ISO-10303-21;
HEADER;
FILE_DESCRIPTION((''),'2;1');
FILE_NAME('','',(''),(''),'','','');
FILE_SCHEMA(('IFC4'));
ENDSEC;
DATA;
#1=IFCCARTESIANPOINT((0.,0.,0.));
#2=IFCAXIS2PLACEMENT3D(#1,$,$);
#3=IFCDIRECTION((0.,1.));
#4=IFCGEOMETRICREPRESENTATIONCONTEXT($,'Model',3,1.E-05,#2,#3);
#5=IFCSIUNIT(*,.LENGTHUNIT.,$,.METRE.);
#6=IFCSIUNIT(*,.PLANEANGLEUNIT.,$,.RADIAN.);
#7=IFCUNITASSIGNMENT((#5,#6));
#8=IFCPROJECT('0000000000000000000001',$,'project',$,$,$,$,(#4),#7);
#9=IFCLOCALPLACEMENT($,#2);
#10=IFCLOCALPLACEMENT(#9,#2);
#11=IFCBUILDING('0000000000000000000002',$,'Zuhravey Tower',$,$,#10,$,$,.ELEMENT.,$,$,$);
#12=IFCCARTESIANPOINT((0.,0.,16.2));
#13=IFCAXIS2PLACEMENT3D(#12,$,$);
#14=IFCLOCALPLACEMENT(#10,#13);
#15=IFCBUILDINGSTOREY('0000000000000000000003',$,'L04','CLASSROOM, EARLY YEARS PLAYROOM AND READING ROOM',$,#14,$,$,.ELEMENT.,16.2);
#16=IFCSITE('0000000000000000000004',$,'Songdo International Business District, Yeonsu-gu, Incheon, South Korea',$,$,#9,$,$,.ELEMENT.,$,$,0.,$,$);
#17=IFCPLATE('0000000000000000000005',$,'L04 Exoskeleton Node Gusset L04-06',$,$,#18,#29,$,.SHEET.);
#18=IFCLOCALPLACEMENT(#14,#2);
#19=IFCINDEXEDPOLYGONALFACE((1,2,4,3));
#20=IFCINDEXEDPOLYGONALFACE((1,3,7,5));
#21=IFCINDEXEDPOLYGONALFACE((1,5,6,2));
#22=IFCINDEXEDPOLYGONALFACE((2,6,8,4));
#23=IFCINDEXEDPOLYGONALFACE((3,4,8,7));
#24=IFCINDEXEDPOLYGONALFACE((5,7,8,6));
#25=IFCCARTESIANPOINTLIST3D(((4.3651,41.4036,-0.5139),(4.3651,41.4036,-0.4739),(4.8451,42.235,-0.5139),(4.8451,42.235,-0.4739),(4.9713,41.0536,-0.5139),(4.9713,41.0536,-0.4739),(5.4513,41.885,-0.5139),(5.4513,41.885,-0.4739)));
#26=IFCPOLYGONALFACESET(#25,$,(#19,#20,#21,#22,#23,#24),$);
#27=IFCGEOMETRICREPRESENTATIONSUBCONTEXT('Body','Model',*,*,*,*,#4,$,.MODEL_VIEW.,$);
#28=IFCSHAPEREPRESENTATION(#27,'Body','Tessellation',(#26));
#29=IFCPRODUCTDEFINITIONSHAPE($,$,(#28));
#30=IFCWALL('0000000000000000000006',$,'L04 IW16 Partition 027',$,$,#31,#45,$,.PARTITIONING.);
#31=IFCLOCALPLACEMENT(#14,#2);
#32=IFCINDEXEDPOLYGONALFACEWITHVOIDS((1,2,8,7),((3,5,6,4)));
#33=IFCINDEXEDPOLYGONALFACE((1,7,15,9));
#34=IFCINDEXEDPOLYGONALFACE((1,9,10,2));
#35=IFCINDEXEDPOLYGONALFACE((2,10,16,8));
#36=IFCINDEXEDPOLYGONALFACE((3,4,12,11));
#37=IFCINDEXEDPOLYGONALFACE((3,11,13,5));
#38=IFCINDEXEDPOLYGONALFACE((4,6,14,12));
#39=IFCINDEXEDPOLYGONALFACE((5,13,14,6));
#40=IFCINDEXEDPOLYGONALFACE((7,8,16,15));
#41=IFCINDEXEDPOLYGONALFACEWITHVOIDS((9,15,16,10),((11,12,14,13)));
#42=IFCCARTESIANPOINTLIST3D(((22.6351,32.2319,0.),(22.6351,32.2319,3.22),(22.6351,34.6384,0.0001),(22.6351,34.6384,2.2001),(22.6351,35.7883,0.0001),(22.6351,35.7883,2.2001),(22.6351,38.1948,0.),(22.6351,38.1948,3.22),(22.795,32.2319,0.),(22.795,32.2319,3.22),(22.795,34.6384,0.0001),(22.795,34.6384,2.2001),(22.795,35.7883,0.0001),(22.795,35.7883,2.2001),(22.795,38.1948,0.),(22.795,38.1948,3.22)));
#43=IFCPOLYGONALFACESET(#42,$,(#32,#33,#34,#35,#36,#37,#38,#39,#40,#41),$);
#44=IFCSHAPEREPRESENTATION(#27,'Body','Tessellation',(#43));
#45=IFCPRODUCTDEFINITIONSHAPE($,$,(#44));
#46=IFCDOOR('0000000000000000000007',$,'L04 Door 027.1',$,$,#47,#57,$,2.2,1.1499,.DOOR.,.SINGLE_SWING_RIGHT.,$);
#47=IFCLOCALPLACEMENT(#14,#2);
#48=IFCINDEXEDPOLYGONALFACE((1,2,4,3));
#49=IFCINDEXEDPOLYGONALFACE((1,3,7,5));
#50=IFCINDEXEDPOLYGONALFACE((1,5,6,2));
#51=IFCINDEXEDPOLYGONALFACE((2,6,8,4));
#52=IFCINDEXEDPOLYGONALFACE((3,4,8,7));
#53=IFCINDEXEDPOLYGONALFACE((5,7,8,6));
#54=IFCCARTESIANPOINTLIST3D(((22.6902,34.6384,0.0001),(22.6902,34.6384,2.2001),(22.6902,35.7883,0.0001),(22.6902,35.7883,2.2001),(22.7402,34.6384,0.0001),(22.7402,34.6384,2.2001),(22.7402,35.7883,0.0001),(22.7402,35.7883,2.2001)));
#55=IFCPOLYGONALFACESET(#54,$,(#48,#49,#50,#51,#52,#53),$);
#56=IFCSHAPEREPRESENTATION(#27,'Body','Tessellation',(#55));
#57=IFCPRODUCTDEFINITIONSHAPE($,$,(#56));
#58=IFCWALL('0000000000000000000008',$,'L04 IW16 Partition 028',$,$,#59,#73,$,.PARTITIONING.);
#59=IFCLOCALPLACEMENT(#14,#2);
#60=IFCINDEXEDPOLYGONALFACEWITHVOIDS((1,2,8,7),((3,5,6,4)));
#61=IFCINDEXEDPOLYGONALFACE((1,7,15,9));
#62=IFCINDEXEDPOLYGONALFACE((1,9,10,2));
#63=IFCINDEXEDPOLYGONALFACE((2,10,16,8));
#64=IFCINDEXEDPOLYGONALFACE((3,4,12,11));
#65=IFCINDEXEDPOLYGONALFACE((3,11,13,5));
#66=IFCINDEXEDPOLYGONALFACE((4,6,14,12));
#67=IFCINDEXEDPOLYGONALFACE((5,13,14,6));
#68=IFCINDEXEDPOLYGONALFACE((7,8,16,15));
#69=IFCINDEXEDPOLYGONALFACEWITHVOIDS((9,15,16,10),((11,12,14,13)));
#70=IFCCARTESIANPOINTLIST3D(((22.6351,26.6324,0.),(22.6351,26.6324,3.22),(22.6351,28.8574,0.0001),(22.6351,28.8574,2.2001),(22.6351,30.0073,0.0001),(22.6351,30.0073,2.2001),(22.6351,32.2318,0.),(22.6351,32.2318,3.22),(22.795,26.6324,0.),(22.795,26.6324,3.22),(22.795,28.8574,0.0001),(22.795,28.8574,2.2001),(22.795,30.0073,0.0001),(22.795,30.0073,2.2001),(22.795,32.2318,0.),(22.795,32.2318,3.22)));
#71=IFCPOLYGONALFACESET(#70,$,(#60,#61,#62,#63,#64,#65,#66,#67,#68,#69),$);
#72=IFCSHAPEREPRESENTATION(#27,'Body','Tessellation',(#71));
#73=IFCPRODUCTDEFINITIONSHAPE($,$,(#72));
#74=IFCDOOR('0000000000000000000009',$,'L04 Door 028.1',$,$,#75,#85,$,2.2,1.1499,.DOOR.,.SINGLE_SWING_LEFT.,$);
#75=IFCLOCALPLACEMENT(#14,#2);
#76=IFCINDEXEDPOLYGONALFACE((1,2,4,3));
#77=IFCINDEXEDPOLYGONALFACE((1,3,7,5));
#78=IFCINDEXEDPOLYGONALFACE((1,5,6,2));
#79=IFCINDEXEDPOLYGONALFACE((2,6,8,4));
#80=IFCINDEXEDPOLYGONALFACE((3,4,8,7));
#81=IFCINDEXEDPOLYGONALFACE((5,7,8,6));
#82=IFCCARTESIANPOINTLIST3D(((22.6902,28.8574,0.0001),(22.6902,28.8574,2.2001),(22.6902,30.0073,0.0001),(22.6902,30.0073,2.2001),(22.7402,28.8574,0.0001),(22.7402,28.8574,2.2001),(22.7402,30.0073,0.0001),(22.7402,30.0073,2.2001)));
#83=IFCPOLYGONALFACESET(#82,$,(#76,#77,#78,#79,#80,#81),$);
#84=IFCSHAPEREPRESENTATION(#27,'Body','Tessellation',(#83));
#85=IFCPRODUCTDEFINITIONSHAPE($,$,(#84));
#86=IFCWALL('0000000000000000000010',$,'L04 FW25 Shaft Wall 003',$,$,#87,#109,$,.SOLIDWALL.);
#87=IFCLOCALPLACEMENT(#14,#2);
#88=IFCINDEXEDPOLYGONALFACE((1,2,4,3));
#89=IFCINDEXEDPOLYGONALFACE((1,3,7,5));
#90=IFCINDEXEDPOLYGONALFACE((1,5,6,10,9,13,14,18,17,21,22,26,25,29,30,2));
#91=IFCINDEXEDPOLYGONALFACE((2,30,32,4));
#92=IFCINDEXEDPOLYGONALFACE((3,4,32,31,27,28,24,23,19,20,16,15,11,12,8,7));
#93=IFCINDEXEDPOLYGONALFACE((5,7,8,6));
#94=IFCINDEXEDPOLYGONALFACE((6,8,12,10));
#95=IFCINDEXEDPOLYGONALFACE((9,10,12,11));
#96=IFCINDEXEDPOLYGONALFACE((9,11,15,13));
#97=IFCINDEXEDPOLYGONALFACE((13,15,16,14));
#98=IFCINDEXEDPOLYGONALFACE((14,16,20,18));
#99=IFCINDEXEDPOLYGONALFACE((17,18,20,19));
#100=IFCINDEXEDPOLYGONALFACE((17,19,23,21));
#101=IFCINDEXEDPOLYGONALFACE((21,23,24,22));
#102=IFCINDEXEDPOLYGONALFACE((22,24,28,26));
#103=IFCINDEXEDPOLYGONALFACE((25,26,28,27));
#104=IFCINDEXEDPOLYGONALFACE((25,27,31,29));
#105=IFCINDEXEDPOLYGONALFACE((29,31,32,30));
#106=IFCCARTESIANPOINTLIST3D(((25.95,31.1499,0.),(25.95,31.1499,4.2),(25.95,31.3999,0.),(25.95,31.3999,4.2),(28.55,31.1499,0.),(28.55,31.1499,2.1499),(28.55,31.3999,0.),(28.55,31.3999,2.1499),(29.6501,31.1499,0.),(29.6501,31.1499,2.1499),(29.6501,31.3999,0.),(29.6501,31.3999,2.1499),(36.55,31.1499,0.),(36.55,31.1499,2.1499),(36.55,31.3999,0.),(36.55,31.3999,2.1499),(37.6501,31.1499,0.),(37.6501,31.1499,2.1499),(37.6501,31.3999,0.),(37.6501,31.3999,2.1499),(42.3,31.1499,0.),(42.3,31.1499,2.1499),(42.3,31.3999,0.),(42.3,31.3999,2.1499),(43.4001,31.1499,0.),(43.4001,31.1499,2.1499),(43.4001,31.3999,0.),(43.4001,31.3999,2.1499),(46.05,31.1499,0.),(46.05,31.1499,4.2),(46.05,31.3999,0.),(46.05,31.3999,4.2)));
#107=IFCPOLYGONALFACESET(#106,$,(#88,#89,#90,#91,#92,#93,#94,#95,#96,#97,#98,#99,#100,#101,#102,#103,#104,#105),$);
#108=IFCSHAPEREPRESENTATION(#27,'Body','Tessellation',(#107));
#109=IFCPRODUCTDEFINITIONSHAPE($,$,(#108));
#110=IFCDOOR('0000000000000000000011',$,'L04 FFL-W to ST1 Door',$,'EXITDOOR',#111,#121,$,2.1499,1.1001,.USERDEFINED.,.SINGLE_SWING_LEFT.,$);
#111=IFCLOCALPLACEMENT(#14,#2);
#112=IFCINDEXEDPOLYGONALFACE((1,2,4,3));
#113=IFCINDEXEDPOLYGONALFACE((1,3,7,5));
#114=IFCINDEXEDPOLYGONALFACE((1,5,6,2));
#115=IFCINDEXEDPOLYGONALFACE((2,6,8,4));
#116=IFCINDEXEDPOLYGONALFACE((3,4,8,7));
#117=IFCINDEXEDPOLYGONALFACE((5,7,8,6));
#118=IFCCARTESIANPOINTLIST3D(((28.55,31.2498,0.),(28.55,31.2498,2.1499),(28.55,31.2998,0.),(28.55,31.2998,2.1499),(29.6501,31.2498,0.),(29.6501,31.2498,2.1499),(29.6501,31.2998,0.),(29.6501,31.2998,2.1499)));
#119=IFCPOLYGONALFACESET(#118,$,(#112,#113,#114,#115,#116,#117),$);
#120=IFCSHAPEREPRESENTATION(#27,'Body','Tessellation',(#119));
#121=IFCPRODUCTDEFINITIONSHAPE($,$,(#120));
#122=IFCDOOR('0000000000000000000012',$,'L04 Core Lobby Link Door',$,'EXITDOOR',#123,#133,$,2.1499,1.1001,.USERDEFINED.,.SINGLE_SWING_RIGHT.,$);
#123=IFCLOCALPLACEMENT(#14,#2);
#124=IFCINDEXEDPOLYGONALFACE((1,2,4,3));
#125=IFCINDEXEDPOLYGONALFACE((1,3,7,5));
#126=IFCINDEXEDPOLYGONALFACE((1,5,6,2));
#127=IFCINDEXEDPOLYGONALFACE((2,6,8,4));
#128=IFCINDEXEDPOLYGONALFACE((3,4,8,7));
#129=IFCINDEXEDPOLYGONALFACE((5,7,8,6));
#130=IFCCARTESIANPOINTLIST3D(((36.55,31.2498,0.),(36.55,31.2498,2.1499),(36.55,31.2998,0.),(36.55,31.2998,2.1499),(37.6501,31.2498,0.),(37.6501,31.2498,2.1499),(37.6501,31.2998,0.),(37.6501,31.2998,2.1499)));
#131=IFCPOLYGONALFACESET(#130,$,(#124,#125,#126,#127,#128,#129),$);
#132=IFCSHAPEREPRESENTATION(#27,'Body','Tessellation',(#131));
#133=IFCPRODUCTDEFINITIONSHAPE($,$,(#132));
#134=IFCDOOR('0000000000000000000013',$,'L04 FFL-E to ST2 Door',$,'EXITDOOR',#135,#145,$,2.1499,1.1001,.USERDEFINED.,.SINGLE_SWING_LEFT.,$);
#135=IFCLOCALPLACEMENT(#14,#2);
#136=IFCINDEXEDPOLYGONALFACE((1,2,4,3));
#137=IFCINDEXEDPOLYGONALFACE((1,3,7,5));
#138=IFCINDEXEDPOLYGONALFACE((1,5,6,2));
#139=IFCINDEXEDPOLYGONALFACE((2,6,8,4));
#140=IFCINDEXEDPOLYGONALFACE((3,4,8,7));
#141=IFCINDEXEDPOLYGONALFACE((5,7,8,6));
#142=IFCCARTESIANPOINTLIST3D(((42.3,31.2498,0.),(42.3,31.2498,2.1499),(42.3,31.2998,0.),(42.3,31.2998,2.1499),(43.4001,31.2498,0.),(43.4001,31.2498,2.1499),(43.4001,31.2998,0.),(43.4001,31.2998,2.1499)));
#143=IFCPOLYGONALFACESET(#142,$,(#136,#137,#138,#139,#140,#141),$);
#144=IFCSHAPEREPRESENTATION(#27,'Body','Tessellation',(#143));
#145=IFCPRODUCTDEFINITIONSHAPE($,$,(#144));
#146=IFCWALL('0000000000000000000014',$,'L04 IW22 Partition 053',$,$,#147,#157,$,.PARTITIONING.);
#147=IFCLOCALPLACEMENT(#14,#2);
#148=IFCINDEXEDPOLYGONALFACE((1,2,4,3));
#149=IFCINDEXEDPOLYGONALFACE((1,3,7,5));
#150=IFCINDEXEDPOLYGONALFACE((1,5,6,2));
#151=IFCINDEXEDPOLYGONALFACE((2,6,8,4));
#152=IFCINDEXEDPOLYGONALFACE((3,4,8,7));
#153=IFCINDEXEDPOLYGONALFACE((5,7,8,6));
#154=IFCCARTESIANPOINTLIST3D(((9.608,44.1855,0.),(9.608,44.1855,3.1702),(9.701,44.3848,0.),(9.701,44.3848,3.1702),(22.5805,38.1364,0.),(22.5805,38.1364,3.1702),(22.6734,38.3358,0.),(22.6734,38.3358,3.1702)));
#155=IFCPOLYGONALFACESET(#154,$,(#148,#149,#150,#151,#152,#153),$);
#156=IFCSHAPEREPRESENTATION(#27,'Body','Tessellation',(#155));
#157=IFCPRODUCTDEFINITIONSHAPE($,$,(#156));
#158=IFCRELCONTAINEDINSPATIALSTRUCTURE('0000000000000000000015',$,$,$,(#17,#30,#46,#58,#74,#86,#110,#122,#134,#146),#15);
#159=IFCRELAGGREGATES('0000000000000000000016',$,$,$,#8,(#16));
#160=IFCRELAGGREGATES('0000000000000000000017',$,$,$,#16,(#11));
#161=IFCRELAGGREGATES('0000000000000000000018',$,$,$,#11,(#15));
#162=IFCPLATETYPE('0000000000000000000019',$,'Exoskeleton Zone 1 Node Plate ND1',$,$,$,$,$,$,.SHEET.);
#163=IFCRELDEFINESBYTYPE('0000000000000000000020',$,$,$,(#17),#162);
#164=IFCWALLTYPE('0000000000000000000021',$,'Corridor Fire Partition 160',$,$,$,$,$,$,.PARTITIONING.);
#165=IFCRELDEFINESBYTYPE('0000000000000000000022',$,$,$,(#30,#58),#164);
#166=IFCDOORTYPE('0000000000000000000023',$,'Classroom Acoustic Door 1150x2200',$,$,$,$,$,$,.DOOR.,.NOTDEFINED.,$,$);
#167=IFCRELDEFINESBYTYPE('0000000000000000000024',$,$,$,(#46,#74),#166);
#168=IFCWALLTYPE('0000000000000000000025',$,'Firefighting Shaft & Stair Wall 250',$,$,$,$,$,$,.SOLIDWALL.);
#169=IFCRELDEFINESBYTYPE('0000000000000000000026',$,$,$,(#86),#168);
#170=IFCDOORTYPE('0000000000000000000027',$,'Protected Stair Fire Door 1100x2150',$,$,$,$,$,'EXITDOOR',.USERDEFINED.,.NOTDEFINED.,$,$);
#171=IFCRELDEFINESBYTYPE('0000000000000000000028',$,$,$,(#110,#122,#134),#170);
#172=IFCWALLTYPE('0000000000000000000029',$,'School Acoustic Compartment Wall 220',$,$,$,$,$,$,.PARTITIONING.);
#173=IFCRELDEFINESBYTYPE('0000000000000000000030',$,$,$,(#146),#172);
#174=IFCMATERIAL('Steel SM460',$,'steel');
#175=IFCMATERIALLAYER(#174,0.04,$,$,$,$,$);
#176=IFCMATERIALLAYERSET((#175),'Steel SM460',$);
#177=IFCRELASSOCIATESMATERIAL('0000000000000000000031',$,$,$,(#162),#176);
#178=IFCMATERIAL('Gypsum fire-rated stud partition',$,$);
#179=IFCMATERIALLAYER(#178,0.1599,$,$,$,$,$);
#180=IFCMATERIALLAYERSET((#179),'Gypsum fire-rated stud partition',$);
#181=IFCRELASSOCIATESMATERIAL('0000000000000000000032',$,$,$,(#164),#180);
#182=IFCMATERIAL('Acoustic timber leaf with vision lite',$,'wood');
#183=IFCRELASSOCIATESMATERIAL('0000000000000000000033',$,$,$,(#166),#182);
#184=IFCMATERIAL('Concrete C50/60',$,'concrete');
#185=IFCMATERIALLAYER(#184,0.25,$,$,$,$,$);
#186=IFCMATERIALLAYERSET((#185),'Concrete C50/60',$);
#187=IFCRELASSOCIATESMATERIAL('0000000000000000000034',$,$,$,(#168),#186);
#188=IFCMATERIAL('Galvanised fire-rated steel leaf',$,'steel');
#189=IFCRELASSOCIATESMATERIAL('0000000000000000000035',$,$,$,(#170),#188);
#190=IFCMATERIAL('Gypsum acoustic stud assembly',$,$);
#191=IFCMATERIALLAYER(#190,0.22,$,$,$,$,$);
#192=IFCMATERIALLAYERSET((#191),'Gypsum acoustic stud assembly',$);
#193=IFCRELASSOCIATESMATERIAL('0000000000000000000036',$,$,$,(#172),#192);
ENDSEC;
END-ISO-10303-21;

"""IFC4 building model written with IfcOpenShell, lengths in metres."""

from ifc_helpers import new_model, si_unit, direction, frame, frame_2d, origin, origin_2d, place, context, subcontext, project, spatial, rectangle, extrude, material, layer, layer_set, type_object, element, fill, save


model = new_model("IFC4")

# Units and contexts
model_context = context("Model", 3, precision=1e-05, world=origin(), true_north=direction((0.0, 1.0)))
body_context = subcontext(model_context, "Body", "Model", "MODEL_VIEW")
ifc_project = project(units=[si_unit("LENGTHUNIT", "METRE"), si_unit("PLANEANGLEUNIT", "RADIAN")], contexts=[model_context])

# Site, building, storey
site_placement = place(None, origin())
site = spatial("IfcSite", under=ifc_project, at=site_placement, Name="Songdo International Business District, Yeonsu-gu, Incheon, South Korea", CompositionType="ELEMENT", RefElevation=0.0)
building_placement = place(site_placement, origin())
building = spatial("IfcBuilding", under=site, at=building_placement, Name="Zuhravey Tower", CompositionType="ELEMENT")
storey_placement = place(building_placement, frame((0.0, 0.0, 16.2)))
storey = spatial("IfcBuildingStorey", under=building, at=storey_placement, Name="L04", Description="CLASSROOM, EARLY YEARS PLAYROOM AND READING ROOM", CompositionType="ELEMENT", Elevation=16.2)

# Shared definitions
ifc_material_1 = material(Name="Steel SM460", Category="steel")

# Plate
ifc_layer_1 = layer(ifc_material_1, 0.04)
ifc_layer_set_1 = layer_set([ifc_layer_1], Name="Steel SM460")
plate_type_1 = type_object("IfcPlateType", Name="Exoskeleton Zone 1 Node Plate ND1", PredefinedType="SHEET", material=ifc_layer_set_1)
plate_1_placement = place(storey_placement, frame((4.9082, 41.6443, -0.5139), z_axis=(0.0, 0.0, 1.0), x_axis=(-0.5, -0.866025, 0.0)))
element("IfcPlate", 1, at=plate_1_placement, inside=storey, type_object=plate_type_1, Name="L04 Exoskeleton Node Gusset L04-06", PredefinedType="SHEET", context=body_context, shape_type="SweptSolid", body=[
    extrude(rectangle(XDim=0.96, YDim=0.7, at=origin_2d()), origin(), (0.0, 0.0, 1.0), 0.04),
])

# Walls, openings, doors
ifc_material_2 = material(Name="Gypsum fire-rated stud partition")
ifc_layer_2 = layer(ifc_material_2, 0.1599)
ifc_layer_set_2 = layer_set([ifc_layer_2], Name="Gypsum fire-rated stud partition")
wall_type_1 = type_object("IfcWallType", Name="Corridor Fire Partition 160", PredefinedType="PARTITIONING", material=ifc_layer_set_2)
wall_1_placement = place(storey_placement, frame((22.7151, 38.1948, 0.0), z_axis=(0.0, 0.0, 1.0), x_axis=(0.0, -1.0, 0.0)))
wall_1 = element("IfcWall", 2, at=wall_1_placement, inside=storey, type_object=wall_type_1, Name="L04 IW16 Partition 027", PredefinedType="PARTITIONING", context=body_context, shape_type="SweptSolid", body=[
    extrude(rectangle(XDim=5.9629, YDim=0.1599, at=frame_2d((2.9814, 0.0))), origin(), (0.0, 0.0, 1.0), 3.22),
])
opening_1_placement = place(wall_1_placement, frame((2.4065, 0.0, 0.0)))
opening_1 = element("IfcOpeningElement", 3, at=opening_1_placement, cuts=wall_1, PredefinedType="OPENING", context=body_context, shape_type="SweptSolid", body=[
    extrude(rectangle(XDim=1.1499, YDim=2.2, at=frame_2d((0.575, 1.1001))), frame((0.0, 0.092, 0.0), z_axis=(0.0, -1.0, 0.0), x_axis=(1.0, 0.0, 0.0)), (0.0, 0.0, 1.0), 0.1838),
])
ifc_material_3 = material(Name="Acoustic timber leaf with vision lite", Category="wood")
door_type_1 = type_object("IfcDoorType", Name="Classroom Acoustic Door 1150x2200", OperationType="NOTDEFINED", PredefinedType="DOOR", material=ifc_material_3)
door_1_placement = place(opening_1_placement, frame((1.1499, 0.0, 0.0), z_axis=(0.0, 0.0, 1.0), x_axis=(-1.0, 0.0, 0.0)))
door_1 = element("IfcDoor", 4, at=door_1_placement, inside=storey, type_object=door_type_1, Name="L04 Door 027.1", OperationType="SINGLE_SWING_RIGHT", OverallHeight=2.2, OverallWidth=1.1499, PredefinedType="DOOR", context=body_context, shape_type="SweptSolid", body=[
    extrude(rectangle(XDim=1.1499, YDim=2.2, at=frame_2d((0.575, 1.1001))), frame((0.0, 0.0249, 0.0), z_axis=(0.0, -1.0, 0.0), x_axis=(1.0, 0.0, 0.0)), (0.0, 0.0, 1.0), 0.05),
])
fill(opening_1, door_1)
wall_2_placement = place(storey_placement, frame((22.7151, 32.2319, 0.0), z_axis=(0.0, 0.0, 1.0), x_axis=(0.0, -1.0, 0.0)))
wall_2 = element("IfcWall", 5, at=wall_2_placement, inside=storey, type_object=wall_type_1, Name="L04 IW16 Partition 028", PredefinedType="PARTITIONING", context=body_context, shape_type="SweptSolid", body=[
    extrude(rectangle(XDim=5.5994, YDim=0.1599, at=frame_2d((2.7998, 0.0))), origin(), (0.0, 0.0, 1.0), 3.22),
])
opening_2_placement = place(wall_2_placement, frame((2.2246, 0.0, 0.0)))
opening_2 = element("IfcOpeningElement", 6, at=opening_2_placement, cuts=wall_2, PredefinedType="OPENING", context=body_context, shape_type="SweptSolid", body=[
    extrude(rectangle(XDim=1.1499, YDim=2.2, at=frame_2d((0.575, 1.1001))), frame((0.0, 0.092, 0.0), z_axis=(0.0, -1.0, 0.0), x_axis=(1.0, 0.0, 0.0)), (0.0, 0.0, 1.0), 0.1838),
])
door_2_placement = place(opening_2_placement, frame((1.1499, 0.0, 0.0), z_axis=(0.0, 0.0, 1.0), x_axis=(-1.0, 0.0, 0.0)))
door_2 = element("IfcDoor", 7, at=door_2_placement, inside=storey, type_object=door_type_1, Name="L04 Door 028.1", OperationType="SINGLE_SWING_LEFT", OverallHeight=2.2, OverallWidth=1.1499, PredefinedType="DOOR", context=body_context, shape_type="SweptSolid", body=[
    extrude(rectangle(XDim=1.1499, YDim=2.2, at=frame_2d((0.575, 1.1001))), frame((0.0, 0.0249, 0.0), z_axis=(0.0, -1.0, 0.0), x_axis=(1.0, 0.0, 0.0)), (0.0, 0.0, 1.0), 0.05),
])
fill(opening_2, door_2)

# Wall, openings, doors
ifc_material_4 = material(Name="Concrete C50/60", Category="concrete")
ifc_layer_3 = layer(ifc_material_4, 0.25)
ifc_layer_set_3 = layer_set([ifc_layer_3], Name="Concrete C50/60")
wall_type_2 = type_object("IfcWallType", Name="Firefighting Shaft & Stair Wall 250", PredefinedType="SOLIDWALL", material=ifc_layer_set_3)
wall_3_placement = place(storey_placement, frame((25.95, 31.2749, 0.0), z_axis=(0.0, 0.0, 1.0), x_axis=(1.0, 0.0, 0.0)))
wall_3 = element("IfcWall", 8, at=wall_3_placement, inside=storey, type_object=wall_type_2, Name="L04 FW25 Shaft Wall 003", PredefinedType="SOLIDWALL", context=body_context, shape_type="SweptSolid", body=[
    extrude(rectangle(XDim=20.1001, YDim=0.25, at=frame_2d((10.05, 0.0))), origin(), (0.0, 0.0, 1.0), 4.2),
])
opening_3_placement = place(wall_3_placement, frame((2.6001, 0.0, 0.0)))
opening_3 = element("IfcOpeningElement", 9, at=opening_3_placement, cuts=wall_3, PredefinedType="OPENING", context=body_context, shape_type="SweptSolid", body=[
    extrude(rectangle(XDim=1.1001, YDim=2.1499, at=frame_2d((0.55, 1.075))), frame((0.0, 0.137, 0.0), z_axis=(0.0, -1.0, 0.0), x_axis=(1.0, 0.0, 0.0)), (0.0, 0.0, 1.0), 0.2739),
])
opening_4_placement = place(wall_3_placement, frame((10.6001, 0.0, 0.0)))
opening_4 = element("IfcOpeningElement", 10, at=opening_4_placement, cuts=wall_3, PredefinedType="OPENING", context=body_context, shape_type="SweptSolid", body=[
    extrude(rectangle(XDim=1.1001, YDim=2.1499, at=frame_2d((0.55, 1.075))), frame((0.0, 0.137, 0.0), z_axis=(0.0, -1.0, 0.0), x_axis=(1.0, 0.0, 0.0)), (0.0, 0.0, 1.0), 0.2739),
])
opening_5_placement = place(wall_3_placement, frame((16.3501, 0.0, 0.0)))
opening_5 = element("IfcOpeningElement", 11, at=opening_5_placement, cuts=wall_3, PredefinedType="OPENING", context=body_context, shape_type="SweptSolid", body=[
    extrude(rectangle(XDim=1.1001, YDim=2.1499, at=frame_2d((0.55, 1.075))), frame((0.0, 0.137, 0.0), z_axis=(0.0, -1.0, 0.0), x_axis=(1.0, 0.0, 0.0)), (0.0, 0.0, 1.0), 0.2739),
])
ifc_material_5 = material(Name="Galvanised fire-rated steel leaf", Category="steel")
door_type_2 = type_object("IfcDoorType", Name="Protected Stair Fire Door 1100x2150", ElementType="EXITDOOR", OperationType="NOTDEFINED", PredefinedType="USERDEFINED", material=ifc_material_5)
door_3_placement = place(opening_3_placement, origin())
door_3 = element("IfcDoor", 12, at=door_3_placement, inside=storey, type_object=door_type_2, Name="L04 FFL-W to ST1 Door", ObjectType="EXITDOOR", OperationType="SINGLE_SWING_LEFT", OverallHeight=2.1499, OverallWidth=1.1001, PredefinedType="USERDEFINED", context=body_context, shape_type="SweptSolid", body=[
    extrude(rectangle(XDim=1.1001, YDim=2.1499, at=frame_2d((0.55, 1.075))), frame((0.0, 0.0249, 0.0), z_axis=(0.0, -1.0, 0.0), x_axis=(1.0, 0.0, 0.0)), (0.0, 0.0, 1.0), 0.05),
])
fill(opening_3, door_3)
door_4_placement = place(opening_4_placement, origin())
door_4 = element("IfcDoor", 13, at=door_4_placement, inside=storey, type_object=door_type_2, Name="L04 Core Lobby Link Door", ObjectType="EXITDOOR", OperationType="SINGLE_SWING_RIGHT", OverallHeight=2.1499, OverallWidth=1.1001, PredefinedType="USERDEFINED", context=body_context, shape_type="SweptSolid", body=[
    extrude(rectangle(XDim=1.1001, YDim=2.1499, at=frame_2d((0.55, 1.075))), frame((0.0, 0.0249, 0.0), z_axis=(0.0, -1.0, 0.0), x_axis=(1.0, 0.0, 0.0)), (0.0, 0.0, 1.0), 0.05),
])
fill(opening_4, door_4)
door_5_placement = place(opening_5_placement, origin())
door_5 = element("IfcDoor", 14, at=door_5_placement, inside=storey, type_object=door_type_2, Name="L04 FFL-E to ST2 Door", ObjectType="EXITDOOR", OperationType="SINGLE_SWING_LEFT", OverallHeight=2.1499, OverallWidth=1.1001, PredefinedType="USERDEFINED", context=body_context, shape_type="SweptSolid", body=[
    extrude(rectangle(XDim=1.1001, YDim=2.1499, at=frame_2d((0.55, 1.075))), frame((0.0, 0.0249, 0.0), z_axis=(0.0, -1.0, 0.0), x_axis=(1.0, 0.0, 0.0)), (0.0, 0.0, 1.0), 0.05),
])
fill(opening_5, door_5)

# Wall
ifc_material_6 = material(Name="Gypsum acoustic stud assembly")
ifc_layer_4 = layer(ifc_material_6, 0.22)
ifc_layer_set_4 = layer_set([ifc_layer_4], Name="Gypsum acoustic stud assembly")
wall_type_3 = type_object("IfcWallType", Name="School Acoustic Compartment Wall 220", PredefinedType="PARTITIONING", material=ifc_layer_set_4)
wall_4_placement = place(storey_placement, frame((22.627, 38.2361, 0.0), z_axis=(0.0, 0.0, 1.0), x_axis=(-0.906309, 0.422615, 0.0)))
element("IfcWall", 15, at=wall_4_placement, inside=storey, type_object=wall_type_3, Name="L04 IW22 Partition 053", PredefinedType="PARTITIONING", context=body_context, shape_type="SweptSolid", body=[
    extrude(rectangle(XDim=14.3135, YDim=0.22, at=frame_2d((7.1567, 0.0))), origin(), (0.0, 0.0, 1.0), 3.1702),
])

save(model, "model.ifc")
